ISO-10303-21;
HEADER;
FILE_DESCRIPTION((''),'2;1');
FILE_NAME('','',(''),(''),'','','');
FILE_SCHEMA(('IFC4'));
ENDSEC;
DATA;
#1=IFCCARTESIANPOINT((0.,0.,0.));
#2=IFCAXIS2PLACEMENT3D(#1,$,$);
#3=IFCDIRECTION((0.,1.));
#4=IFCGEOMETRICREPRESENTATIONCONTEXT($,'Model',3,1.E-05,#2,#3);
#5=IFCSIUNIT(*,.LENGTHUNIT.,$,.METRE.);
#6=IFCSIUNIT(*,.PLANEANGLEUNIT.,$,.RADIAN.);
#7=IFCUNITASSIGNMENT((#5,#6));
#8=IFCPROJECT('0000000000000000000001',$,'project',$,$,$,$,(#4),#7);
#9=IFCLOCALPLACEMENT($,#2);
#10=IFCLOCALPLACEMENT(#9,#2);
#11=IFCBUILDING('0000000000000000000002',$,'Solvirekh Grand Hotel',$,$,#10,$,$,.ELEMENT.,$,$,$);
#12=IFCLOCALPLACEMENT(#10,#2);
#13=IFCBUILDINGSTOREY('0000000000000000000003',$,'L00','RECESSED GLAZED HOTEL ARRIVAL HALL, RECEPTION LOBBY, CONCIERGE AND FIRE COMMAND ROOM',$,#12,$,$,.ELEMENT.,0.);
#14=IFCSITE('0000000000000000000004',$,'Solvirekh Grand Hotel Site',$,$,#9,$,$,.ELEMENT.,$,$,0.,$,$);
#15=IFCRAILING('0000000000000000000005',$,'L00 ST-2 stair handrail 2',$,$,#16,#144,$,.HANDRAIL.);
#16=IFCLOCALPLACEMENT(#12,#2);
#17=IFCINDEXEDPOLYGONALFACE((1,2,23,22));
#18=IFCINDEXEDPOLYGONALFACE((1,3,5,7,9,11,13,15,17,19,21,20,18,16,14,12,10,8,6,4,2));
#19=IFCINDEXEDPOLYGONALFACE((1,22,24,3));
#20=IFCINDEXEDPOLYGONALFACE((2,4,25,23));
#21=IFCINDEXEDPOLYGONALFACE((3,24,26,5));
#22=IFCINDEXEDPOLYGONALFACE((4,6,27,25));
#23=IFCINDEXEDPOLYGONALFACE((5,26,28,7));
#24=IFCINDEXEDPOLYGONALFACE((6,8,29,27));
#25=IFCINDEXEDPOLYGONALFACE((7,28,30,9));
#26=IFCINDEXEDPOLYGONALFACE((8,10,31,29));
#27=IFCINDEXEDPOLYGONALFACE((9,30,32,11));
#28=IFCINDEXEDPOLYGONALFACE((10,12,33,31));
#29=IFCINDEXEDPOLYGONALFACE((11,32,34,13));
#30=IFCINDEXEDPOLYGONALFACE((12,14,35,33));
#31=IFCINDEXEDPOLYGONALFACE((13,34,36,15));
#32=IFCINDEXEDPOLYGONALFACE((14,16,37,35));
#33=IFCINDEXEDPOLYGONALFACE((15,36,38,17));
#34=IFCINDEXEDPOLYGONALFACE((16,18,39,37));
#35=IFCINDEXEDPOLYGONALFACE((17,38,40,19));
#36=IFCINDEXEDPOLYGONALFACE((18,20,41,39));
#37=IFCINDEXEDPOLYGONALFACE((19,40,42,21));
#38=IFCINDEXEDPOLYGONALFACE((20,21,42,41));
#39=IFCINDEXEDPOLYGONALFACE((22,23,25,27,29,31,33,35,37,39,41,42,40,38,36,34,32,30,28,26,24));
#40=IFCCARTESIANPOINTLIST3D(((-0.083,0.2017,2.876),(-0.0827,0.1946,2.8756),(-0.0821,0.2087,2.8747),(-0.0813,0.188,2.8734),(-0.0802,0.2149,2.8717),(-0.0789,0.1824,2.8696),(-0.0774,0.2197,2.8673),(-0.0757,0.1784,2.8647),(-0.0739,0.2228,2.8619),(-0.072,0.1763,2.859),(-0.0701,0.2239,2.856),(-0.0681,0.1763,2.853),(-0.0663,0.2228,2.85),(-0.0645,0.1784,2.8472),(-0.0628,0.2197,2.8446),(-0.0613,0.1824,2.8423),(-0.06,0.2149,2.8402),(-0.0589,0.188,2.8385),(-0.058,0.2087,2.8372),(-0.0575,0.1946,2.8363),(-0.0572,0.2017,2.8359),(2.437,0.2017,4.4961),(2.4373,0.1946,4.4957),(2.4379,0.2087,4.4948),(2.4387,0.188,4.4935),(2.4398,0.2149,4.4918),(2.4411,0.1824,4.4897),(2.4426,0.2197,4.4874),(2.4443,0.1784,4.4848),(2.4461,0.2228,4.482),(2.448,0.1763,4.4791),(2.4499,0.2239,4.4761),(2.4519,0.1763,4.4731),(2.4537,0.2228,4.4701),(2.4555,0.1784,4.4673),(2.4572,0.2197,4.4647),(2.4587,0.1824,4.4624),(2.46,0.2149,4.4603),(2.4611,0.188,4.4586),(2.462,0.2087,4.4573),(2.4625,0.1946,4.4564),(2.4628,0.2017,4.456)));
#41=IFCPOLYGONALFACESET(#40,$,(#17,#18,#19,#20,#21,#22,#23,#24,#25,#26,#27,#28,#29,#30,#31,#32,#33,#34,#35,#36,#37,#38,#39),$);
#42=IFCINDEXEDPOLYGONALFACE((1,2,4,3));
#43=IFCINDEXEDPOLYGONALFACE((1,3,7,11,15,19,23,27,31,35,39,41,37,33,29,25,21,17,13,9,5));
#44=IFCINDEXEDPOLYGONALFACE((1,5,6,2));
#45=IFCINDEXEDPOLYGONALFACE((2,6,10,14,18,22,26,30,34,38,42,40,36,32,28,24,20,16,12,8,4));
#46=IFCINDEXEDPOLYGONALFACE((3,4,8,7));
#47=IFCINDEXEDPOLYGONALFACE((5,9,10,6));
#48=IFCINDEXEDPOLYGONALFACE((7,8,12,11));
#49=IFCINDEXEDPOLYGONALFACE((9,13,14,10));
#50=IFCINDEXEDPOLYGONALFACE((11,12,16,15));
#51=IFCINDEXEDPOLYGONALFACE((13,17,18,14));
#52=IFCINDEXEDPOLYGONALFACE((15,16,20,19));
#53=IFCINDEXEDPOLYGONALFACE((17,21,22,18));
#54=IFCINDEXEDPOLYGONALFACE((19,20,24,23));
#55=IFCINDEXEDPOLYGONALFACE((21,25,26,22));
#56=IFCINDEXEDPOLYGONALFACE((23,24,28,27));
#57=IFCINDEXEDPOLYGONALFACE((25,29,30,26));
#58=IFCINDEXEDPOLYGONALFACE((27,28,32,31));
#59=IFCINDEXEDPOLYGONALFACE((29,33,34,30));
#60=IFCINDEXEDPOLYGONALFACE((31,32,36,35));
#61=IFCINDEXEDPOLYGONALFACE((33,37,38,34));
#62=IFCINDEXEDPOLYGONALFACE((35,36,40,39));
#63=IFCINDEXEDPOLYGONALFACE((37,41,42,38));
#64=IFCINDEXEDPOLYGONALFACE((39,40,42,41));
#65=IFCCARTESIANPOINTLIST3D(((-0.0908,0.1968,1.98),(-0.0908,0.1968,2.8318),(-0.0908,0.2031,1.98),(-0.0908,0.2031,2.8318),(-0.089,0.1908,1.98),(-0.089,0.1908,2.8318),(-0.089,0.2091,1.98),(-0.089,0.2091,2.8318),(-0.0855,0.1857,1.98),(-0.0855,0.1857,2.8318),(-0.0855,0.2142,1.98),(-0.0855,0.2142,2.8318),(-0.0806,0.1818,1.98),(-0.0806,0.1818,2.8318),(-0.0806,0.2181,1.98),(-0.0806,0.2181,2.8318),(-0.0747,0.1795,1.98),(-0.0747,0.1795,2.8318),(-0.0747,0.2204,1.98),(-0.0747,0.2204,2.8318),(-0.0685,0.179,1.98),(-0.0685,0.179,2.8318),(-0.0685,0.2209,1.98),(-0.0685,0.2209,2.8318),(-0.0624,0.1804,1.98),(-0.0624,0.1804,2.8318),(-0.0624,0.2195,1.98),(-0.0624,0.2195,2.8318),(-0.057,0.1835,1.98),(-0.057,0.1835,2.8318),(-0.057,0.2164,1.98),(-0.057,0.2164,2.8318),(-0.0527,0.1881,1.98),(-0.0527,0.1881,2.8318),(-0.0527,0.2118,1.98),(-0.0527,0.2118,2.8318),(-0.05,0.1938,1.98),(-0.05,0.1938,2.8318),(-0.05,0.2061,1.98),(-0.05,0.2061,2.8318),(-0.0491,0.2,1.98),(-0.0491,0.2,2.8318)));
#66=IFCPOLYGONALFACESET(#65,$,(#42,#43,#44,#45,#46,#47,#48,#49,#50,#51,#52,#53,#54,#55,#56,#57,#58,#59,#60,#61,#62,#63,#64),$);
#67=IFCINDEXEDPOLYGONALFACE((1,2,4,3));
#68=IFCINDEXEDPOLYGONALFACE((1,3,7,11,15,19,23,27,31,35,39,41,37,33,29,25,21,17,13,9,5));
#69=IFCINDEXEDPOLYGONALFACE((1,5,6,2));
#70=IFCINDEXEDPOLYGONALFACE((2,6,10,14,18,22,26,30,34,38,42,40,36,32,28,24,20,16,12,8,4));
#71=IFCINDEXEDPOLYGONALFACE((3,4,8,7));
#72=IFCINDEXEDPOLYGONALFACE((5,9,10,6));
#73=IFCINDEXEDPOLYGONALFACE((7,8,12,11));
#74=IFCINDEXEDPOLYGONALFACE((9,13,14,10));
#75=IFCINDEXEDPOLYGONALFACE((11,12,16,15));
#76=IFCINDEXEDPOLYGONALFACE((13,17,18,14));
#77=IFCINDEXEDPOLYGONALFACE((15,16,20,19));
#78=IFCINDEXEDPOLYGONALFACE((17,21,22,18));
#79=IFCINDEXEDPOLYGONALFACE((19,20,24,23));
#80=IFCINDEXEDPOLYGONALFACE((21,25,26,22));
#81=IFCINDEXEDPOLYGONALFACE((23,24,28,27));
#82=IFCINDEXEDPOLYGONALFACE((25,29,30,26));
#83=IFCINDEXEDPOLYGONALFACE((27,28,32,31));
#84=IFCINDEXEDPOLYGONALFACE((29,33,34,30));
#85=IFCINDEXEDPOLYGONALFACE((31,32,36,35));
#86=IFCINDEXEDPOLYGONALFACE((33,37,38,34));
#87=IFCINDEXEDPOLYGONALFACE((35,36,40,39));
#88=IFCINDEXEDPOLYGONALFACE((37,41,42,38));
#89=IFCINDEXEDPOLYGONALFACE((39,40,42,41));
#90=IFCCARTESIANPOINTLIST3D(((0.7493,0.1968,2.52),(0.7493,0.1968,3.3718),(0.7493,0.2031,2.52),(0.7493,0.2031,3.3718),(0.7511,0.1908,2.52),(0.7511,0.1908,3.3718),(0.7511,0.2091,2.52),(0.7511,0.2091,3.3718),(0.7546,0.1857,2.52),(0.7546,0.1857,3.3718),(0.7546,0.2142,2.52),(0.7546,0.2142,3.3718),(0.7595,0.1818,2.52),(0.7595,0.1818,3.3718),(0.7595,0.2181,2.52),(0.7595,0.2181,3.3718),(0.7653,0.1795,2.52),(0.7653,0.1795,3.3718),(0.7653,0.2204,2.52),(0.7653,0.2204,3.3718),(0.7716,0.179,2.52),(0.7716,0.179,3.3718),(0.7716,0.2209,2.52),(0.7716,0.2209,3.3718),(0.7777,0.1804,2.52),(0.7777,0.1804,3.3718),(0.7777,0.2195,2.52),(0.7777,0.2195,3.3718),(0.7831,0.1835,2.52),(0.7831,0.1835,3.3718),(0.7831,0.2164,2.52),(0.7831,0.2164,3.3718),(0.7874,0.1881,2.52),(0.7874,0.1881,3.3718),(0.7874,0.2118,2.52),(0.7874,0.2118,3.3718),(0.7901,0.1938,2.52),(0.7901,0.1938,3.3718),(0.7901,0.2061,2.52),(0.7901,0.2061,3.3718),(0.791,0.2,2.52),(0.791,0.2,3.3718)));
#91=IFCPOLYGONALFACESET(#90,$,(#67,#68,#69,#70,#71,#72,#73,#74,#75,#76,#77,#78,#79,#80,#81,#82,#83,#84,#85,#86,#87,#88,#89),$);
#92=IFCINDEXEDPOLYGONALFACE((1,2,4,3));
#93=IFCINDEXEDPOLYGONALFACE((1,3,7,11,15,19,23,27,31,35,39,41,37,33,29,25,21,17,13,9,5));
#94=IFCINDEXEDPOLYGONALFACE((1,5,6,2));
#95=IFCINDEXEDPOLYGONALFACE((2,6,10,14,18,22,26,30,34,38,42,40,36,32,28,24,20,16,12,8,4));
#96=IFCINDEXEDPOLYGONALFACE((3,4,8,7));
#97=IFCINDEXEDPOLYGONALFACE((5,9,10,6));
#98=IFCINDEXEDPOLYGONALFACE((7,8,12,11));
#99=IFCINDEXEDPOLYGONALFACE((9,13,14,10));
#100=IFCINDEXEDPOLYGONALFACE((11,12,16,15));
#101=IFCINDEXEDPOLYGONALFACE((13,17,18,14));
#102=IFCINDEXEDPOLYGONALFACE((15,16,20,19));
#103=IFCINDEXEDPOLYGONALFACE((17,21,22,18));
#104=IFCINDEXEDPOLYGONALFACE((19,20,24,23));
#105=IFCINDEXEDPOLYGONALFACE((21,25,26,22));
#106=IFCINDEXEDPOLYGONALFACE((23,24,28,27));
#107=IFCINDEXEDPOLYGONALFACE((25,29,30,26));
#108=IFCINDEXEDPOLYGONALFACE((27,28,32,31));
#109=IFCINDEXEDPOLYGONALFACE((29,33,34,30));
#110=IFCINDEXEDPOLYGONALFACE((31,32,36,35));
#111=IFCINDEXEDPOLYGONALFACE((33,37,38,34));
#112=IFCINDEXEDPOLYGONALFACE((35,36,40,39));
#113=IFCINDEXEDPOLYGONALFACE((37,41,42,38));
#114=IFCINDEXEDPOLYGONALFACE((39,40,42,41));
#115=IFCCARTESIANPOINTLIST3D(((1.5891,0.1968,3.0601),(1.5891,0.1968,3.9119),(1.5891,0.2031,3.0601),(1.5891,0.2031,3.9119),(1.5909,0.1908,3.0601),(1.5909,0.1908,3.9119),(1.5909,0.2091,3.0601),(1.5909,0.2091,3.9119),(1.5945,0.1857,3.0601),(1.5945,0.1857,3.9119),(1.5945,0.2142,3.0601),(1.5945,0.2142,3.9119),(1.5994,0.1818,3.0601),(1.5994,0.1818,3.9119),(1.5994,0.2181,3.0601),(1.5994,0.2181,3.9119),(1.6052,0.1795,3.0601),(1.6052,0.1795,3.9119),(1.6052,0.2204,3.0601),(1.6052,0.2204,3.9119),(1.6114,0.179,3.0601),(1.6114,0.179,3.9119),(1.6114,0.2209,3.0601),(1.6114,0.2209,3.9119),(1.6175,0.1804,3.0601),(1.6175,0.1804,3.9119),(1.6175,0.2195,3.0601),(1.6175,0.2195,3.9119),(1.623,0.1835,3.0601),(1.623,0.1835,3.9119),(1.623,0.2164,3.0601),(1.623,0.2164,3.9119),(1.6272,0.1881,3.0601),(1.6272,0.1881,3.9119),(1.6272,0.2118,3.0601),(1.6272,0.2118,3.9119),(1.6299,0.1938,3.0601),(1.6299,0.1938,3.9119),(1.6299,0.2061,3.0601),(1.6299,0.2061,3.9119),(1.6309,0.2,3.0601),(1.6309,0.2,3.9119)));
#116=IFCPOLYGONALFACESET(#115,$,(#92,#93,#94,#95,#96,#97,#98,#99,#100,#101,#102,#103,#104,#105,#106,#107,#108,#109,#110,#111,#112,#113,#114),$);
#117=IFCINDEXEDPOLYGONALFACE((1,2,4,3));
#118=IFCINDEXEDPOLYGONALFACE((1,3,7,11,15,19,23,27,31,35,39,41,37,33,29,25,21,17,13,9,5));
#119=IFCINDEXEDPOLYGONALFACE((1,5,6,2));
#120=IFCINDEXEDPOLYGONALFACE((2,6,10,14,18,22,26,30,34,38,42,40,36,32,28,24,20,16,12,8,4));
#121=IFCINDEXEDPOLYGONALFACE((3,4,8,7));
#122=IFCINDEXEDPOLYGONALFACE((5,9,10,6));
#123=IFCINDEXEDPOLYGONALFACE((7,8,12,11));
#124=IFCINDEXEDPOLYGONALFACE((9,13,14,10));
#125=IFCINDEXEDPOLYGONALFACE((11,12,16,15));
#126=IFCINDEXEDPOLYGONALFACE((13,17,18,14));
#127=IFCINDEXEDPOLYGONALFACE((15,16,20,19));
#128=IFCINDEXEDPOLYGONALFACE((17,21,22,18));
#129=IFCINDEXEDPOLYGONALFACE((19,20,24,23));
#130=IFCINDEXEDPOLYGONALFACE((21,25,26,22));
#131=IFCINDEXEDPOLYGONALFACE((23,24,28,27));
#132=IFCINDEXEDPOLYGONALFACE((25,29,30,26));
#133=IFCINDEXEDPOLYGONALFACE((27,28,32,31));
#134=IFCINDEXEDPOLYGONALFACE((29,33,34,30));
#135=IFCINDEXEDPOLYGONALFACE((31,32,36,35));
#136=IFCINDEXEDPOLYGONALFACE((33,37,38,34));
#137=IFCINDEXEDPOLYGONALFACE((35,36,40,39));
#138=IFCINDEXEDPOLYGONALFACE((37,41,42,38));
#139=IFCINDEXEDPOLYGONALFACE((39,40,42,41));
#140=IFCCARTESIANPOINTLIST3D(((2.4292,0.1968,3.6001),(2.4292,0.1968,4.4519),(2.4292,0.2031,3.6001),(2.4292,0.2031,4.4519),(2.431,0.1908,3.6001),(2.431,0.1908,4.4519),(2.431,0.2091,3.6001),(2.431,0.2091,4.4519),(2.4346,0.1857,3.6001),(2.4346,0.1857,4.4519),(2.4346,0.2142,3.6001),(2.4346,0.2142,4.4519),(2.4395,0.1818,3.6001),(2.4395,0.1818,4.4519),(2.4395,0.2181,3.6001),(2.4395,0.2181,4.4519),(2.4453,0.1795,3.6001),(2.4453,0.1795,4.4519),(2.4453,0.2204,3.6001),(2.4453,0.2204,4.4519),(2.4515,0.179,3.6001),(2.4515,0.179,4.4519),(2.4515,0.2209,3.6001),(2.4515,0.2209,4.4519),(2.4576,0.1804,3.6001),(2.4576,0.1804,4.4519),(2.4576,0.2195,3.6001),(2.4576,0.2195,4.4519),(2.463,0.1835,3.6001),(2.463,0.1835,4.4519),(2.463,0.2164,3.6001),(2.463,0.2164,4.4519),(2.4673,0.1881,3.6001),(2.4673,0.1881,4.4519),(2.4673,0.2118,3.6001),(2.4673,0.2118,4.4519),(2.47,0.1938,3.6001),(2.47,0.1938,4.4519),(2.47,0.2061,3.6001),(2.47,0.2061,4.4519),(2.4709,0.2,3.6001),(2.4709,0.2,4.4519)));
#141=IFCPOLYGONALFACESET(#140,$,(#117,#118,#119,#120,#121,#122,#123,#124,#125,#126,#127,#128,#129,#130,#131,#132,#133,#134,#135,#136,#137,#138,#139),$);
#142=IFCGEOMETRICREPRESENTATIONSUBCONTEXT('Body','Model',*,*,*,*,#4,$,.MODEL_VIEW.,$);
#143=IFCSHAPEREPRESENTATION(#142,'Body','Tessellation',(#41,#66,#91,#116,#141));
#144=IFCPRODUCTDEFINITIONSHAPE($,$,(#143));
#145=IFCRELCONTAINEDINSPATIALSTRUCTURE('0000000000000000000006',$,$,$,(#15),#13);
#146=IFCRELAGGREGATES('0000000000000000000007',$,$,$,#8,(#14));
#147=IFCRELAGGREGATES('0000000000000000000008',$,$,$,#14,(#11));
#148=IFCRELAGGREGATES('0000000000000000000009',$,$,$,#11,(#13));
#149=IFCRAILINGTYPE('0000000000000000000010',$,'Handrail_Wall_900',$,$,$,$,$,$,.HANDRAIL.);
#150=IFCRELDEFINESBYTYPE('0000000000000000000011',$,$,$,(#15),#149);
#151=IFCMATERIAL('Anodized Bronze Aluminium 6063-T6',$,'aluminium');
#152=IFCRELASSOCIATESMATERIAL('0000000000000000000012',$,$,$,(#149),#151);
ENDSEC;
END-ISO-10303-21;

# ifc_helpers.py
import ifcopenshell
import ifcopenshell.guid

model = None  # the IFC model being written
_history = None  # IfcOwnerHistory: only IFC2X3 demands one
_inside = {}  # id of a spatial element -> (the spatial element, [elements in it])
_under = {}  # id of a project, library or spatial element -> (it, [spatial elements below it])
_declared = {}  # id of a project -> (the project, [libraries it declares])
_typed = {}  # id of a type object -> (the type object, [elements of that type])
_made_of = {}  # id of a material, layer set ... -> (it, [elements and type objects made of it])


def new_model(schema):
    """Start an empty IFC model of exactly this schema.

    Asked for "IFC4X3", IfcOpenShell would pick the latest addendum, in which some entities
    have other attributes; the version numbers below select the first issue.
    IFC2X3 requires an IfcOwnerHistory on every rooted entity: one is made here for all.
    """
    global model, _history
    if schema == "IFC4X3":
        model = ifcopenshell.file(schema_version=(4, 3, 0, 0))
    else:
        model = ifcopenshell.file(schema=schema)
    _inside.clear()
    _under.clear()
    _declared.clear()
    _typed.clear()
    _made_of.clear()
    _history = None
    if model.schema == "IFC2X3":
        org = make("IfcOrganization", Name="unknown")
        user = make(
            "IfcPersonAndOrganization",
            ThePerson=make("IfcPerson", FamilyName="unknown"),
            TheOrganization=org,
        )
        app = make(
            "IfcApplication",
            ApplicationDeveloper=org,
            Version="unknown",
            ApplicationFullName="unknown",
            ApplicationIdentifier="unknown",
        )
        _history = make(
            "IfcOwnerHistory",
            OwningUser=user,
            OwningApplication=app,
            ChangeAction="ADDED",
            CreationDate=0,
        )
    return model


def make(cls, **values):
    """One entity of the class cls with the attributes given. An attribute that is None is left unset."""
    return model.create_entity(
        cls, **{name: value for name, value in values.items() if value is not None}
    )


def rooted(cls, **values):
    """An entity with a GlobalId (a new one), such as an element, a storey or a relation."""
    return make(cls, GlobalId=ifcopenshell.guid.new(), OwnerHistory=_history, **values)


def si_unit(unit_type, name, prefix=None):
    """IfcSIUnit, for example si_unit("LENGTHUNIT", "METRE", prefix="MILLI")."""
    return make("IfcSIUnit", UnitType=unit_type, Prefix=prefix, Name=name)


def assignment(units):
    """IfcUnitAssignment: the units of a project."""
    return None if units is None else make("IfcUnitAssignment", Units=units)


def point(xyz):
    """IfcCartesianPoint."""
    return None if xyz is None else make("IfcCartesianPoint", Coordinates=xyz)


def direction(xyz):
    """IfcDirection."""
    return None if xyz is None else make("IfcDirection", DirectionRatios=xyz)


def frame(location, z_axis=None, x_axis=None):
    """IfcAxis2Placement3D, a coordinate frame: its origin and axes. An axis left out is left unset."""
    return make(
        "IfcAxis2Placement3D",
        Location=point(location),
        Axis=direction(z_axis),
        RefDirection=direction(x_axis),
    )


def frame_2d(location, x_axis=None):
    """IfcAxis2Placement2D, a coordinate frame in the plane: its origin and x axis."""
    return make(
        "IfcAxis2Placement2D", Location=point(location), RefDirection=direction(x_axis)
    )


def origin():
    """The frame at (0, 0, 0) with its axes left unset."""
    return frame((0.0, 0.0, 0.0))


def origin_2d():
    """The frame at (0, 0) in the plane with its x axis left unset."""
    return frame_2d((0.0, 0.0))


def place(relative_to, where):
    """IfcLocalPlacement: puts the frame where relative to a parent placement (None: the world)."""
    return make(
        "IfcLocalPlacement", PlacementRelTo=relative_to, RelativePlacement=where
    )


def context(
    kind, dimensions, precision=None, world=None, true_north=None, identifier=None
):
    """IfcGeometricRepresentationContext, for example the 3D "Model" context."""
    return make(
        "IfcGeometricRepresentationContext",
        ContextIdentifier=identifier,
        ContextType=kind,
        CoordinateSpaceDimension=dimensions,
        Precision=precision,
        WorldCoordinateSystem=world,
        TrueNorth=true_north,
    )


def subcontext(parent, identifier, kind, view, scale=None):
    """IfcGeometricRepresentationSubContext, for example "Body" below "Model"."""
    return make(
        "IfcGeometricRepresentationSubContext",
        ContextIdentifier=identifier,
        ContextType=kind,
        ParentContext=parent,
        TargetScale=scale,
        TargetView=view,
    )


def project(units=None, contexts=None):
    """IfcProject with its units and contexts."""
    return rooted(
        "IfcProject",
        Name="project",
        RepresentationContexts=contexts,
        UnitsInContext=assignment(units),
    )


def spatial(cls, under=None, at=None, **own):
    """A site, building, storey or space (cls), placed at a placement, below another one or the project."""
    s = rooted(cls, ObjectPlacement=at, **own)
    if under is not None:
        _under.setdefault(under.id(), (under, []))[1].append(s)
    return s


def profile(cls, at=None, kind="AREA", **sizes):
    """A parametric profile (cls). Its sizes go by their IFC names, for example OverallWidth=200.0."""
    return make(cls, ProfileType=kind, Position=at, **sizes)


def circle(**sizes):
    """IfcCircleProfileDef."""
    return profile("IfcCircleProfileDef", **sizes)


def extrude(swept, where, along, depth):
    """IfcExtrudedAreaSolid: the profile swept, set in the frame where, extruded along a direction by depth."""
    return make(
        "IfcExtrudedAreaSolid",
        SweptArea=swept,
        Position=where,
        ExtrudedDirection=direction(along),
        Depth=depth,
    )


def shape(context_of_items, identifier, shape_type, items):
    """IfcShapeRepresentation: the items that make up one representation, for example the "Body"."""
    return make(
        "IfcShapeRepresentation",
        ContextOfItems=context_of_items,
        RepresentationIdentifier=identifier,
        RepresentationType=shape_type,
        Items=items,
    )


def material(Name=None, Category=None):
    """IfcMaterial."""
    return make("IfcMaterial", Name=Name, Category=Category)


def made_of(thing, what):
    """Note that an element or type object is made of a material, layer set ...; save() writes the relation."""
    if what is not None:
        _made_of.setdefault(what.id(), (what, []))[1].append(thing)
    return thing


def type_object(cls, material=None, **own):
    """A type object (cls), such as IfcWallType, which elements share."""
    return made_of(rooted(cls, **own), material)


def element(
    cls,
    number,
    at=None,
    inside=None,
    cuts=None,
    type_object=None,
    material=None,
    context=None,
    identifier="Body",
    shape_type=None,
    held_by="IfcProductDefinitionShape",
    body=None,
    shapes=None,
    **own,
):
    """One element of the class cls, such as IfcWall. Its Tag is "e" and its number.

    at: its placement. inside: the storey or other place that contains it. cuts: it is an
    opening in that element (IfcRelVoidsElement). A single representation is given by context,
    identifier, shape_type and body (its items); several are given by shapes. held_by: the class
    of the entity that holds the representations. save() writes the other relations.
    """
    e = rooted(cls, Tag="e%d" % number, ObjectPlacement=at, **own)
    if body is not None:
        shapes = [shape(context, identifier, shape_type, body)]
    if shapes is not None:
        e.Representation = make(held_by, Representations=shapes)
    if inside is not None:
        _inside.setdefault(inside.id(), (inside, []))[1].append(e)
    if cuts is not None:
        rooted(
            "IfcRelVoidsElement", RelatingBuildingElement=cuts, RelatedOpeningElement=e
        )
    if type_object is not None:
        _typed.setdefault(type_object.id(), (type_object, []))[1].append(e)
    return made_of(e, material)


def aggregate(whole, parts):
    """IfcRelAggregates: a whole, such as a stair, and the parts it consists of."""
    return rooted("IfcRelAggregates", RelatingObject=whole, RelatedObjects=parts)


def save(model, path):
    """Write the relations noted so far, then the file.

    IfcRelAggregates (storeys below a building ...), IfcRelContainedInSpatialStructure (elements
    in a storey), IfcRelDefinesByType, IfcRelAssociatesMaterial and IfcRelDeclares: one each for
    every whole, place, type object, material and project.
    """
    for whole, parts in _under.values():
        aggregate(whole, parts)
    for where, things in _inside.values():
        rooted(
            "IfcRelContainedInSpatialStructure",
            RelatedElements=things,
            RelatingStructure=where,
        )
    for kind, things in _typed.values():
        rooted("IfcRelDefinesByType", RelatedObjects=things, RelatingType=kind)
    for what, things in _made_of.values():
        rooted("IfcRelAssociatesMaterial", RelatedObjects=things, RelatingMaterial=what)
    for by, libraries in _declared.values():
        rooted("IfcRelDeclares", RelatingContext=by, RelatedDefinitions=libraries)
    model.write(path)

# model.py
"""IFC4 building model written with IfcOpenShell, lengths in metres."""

from ifc_helpers import new_model, si_unit, direction, frame, origin, origin_2d, place, context, subcontext, project, spatial, circle, extrude, material, type_object, element, save


model = new_model("IFC4")

# Units and contexts
model_context = context("Model", 3, precision=1e-05, world=origin(), true_north=direction((0.0, 1.0)))
body_context = subcontext(model_context, "Body", "Model", "MODEL_VIEW")
ifc_project = project(units=[si_unit("LENGTHUNIT", "METRE"), si_unit("PLANEANGLEUNIT", "RADIAN")], contexts=[model_context])

# Site, building, storey
site_placement = place(None, origin())
site = spatial("IfcSite", under=ifc_project, at=site_placement, Name="Solvirekh Grand Hotel Site", CompositionType="ELEMENT", RefElevation=0.0)
building_placement = place(site_placement, origin())
building = spatial("IfcBuilding", under=site, at=building_placement, Name="Solvirekh Grand Hotel", CompositionType="ELEMENT")
storey_placement = place(building_placement, origin())
storey = spatial("IfcBuildingStorey", under=building, at=storey_placement, Name="L00", Description="RECESSED GLAZED HOTEL ARRIVAL HALL, RECEPTION LOBBY, CONCIERGE AND FIRE COMMAND ROOM", CompositionType="ELEMENT", Elevation=0.0)

# Railing
ifc_material_1 = material(Name="Anodized Bronze Aluminium 6063-T6", Category="aluminium")
railing_type_1 = type_object("IfcRailingType", Name="Handrail_Wall_900", PredefinedType="HANDRAIL", material=ifc_material_1)
railing_1_placement = place(storey_placement, frame((-0.0701, 0.2, 1.98)))
element("IfcRailing", 1, at=railing_1_placement, inside=storey, type_object=railing_type_1, Name="L00 ST-2 stair handrail 2", PredefinedType="HANDRAIL", context=body_context, shape_type="SweptSolid", body=[
    extrude(circle(Radius=0.0239, at=origin_2d()), frame((0.0, 0.0, 0.876), z_axis=(0.841163, 0.0, 0.540782), x_axis=(0.0, 1.0, 0.0)), (0.0, 0.0, 1.0), 2.9958),
    extrude(circle(Radius=0.021, at=origin_2d()), origin(), (0.0, 0.0, 1.0), 0.8518),
    extrude(circle(Radius=0.021, at=origin_2d()), frame((0.8401, 0.0, 0.54)), (0.0, 0.0, 1.0), 0.8518),
    extrude(circle(Radius=0.021, at=origin_2d()), frame((1.6799, 0.0, 1.0801)), (0.0, 0.0, 1.0), 0.8518),
    extrude(circle(Radius=0.021, at=origin_2d()), frame((2.52, 0.0, 1.6201)), (0.0, 0.0, 1.0), 0.8518),
])

save(model, "model.ifc")
